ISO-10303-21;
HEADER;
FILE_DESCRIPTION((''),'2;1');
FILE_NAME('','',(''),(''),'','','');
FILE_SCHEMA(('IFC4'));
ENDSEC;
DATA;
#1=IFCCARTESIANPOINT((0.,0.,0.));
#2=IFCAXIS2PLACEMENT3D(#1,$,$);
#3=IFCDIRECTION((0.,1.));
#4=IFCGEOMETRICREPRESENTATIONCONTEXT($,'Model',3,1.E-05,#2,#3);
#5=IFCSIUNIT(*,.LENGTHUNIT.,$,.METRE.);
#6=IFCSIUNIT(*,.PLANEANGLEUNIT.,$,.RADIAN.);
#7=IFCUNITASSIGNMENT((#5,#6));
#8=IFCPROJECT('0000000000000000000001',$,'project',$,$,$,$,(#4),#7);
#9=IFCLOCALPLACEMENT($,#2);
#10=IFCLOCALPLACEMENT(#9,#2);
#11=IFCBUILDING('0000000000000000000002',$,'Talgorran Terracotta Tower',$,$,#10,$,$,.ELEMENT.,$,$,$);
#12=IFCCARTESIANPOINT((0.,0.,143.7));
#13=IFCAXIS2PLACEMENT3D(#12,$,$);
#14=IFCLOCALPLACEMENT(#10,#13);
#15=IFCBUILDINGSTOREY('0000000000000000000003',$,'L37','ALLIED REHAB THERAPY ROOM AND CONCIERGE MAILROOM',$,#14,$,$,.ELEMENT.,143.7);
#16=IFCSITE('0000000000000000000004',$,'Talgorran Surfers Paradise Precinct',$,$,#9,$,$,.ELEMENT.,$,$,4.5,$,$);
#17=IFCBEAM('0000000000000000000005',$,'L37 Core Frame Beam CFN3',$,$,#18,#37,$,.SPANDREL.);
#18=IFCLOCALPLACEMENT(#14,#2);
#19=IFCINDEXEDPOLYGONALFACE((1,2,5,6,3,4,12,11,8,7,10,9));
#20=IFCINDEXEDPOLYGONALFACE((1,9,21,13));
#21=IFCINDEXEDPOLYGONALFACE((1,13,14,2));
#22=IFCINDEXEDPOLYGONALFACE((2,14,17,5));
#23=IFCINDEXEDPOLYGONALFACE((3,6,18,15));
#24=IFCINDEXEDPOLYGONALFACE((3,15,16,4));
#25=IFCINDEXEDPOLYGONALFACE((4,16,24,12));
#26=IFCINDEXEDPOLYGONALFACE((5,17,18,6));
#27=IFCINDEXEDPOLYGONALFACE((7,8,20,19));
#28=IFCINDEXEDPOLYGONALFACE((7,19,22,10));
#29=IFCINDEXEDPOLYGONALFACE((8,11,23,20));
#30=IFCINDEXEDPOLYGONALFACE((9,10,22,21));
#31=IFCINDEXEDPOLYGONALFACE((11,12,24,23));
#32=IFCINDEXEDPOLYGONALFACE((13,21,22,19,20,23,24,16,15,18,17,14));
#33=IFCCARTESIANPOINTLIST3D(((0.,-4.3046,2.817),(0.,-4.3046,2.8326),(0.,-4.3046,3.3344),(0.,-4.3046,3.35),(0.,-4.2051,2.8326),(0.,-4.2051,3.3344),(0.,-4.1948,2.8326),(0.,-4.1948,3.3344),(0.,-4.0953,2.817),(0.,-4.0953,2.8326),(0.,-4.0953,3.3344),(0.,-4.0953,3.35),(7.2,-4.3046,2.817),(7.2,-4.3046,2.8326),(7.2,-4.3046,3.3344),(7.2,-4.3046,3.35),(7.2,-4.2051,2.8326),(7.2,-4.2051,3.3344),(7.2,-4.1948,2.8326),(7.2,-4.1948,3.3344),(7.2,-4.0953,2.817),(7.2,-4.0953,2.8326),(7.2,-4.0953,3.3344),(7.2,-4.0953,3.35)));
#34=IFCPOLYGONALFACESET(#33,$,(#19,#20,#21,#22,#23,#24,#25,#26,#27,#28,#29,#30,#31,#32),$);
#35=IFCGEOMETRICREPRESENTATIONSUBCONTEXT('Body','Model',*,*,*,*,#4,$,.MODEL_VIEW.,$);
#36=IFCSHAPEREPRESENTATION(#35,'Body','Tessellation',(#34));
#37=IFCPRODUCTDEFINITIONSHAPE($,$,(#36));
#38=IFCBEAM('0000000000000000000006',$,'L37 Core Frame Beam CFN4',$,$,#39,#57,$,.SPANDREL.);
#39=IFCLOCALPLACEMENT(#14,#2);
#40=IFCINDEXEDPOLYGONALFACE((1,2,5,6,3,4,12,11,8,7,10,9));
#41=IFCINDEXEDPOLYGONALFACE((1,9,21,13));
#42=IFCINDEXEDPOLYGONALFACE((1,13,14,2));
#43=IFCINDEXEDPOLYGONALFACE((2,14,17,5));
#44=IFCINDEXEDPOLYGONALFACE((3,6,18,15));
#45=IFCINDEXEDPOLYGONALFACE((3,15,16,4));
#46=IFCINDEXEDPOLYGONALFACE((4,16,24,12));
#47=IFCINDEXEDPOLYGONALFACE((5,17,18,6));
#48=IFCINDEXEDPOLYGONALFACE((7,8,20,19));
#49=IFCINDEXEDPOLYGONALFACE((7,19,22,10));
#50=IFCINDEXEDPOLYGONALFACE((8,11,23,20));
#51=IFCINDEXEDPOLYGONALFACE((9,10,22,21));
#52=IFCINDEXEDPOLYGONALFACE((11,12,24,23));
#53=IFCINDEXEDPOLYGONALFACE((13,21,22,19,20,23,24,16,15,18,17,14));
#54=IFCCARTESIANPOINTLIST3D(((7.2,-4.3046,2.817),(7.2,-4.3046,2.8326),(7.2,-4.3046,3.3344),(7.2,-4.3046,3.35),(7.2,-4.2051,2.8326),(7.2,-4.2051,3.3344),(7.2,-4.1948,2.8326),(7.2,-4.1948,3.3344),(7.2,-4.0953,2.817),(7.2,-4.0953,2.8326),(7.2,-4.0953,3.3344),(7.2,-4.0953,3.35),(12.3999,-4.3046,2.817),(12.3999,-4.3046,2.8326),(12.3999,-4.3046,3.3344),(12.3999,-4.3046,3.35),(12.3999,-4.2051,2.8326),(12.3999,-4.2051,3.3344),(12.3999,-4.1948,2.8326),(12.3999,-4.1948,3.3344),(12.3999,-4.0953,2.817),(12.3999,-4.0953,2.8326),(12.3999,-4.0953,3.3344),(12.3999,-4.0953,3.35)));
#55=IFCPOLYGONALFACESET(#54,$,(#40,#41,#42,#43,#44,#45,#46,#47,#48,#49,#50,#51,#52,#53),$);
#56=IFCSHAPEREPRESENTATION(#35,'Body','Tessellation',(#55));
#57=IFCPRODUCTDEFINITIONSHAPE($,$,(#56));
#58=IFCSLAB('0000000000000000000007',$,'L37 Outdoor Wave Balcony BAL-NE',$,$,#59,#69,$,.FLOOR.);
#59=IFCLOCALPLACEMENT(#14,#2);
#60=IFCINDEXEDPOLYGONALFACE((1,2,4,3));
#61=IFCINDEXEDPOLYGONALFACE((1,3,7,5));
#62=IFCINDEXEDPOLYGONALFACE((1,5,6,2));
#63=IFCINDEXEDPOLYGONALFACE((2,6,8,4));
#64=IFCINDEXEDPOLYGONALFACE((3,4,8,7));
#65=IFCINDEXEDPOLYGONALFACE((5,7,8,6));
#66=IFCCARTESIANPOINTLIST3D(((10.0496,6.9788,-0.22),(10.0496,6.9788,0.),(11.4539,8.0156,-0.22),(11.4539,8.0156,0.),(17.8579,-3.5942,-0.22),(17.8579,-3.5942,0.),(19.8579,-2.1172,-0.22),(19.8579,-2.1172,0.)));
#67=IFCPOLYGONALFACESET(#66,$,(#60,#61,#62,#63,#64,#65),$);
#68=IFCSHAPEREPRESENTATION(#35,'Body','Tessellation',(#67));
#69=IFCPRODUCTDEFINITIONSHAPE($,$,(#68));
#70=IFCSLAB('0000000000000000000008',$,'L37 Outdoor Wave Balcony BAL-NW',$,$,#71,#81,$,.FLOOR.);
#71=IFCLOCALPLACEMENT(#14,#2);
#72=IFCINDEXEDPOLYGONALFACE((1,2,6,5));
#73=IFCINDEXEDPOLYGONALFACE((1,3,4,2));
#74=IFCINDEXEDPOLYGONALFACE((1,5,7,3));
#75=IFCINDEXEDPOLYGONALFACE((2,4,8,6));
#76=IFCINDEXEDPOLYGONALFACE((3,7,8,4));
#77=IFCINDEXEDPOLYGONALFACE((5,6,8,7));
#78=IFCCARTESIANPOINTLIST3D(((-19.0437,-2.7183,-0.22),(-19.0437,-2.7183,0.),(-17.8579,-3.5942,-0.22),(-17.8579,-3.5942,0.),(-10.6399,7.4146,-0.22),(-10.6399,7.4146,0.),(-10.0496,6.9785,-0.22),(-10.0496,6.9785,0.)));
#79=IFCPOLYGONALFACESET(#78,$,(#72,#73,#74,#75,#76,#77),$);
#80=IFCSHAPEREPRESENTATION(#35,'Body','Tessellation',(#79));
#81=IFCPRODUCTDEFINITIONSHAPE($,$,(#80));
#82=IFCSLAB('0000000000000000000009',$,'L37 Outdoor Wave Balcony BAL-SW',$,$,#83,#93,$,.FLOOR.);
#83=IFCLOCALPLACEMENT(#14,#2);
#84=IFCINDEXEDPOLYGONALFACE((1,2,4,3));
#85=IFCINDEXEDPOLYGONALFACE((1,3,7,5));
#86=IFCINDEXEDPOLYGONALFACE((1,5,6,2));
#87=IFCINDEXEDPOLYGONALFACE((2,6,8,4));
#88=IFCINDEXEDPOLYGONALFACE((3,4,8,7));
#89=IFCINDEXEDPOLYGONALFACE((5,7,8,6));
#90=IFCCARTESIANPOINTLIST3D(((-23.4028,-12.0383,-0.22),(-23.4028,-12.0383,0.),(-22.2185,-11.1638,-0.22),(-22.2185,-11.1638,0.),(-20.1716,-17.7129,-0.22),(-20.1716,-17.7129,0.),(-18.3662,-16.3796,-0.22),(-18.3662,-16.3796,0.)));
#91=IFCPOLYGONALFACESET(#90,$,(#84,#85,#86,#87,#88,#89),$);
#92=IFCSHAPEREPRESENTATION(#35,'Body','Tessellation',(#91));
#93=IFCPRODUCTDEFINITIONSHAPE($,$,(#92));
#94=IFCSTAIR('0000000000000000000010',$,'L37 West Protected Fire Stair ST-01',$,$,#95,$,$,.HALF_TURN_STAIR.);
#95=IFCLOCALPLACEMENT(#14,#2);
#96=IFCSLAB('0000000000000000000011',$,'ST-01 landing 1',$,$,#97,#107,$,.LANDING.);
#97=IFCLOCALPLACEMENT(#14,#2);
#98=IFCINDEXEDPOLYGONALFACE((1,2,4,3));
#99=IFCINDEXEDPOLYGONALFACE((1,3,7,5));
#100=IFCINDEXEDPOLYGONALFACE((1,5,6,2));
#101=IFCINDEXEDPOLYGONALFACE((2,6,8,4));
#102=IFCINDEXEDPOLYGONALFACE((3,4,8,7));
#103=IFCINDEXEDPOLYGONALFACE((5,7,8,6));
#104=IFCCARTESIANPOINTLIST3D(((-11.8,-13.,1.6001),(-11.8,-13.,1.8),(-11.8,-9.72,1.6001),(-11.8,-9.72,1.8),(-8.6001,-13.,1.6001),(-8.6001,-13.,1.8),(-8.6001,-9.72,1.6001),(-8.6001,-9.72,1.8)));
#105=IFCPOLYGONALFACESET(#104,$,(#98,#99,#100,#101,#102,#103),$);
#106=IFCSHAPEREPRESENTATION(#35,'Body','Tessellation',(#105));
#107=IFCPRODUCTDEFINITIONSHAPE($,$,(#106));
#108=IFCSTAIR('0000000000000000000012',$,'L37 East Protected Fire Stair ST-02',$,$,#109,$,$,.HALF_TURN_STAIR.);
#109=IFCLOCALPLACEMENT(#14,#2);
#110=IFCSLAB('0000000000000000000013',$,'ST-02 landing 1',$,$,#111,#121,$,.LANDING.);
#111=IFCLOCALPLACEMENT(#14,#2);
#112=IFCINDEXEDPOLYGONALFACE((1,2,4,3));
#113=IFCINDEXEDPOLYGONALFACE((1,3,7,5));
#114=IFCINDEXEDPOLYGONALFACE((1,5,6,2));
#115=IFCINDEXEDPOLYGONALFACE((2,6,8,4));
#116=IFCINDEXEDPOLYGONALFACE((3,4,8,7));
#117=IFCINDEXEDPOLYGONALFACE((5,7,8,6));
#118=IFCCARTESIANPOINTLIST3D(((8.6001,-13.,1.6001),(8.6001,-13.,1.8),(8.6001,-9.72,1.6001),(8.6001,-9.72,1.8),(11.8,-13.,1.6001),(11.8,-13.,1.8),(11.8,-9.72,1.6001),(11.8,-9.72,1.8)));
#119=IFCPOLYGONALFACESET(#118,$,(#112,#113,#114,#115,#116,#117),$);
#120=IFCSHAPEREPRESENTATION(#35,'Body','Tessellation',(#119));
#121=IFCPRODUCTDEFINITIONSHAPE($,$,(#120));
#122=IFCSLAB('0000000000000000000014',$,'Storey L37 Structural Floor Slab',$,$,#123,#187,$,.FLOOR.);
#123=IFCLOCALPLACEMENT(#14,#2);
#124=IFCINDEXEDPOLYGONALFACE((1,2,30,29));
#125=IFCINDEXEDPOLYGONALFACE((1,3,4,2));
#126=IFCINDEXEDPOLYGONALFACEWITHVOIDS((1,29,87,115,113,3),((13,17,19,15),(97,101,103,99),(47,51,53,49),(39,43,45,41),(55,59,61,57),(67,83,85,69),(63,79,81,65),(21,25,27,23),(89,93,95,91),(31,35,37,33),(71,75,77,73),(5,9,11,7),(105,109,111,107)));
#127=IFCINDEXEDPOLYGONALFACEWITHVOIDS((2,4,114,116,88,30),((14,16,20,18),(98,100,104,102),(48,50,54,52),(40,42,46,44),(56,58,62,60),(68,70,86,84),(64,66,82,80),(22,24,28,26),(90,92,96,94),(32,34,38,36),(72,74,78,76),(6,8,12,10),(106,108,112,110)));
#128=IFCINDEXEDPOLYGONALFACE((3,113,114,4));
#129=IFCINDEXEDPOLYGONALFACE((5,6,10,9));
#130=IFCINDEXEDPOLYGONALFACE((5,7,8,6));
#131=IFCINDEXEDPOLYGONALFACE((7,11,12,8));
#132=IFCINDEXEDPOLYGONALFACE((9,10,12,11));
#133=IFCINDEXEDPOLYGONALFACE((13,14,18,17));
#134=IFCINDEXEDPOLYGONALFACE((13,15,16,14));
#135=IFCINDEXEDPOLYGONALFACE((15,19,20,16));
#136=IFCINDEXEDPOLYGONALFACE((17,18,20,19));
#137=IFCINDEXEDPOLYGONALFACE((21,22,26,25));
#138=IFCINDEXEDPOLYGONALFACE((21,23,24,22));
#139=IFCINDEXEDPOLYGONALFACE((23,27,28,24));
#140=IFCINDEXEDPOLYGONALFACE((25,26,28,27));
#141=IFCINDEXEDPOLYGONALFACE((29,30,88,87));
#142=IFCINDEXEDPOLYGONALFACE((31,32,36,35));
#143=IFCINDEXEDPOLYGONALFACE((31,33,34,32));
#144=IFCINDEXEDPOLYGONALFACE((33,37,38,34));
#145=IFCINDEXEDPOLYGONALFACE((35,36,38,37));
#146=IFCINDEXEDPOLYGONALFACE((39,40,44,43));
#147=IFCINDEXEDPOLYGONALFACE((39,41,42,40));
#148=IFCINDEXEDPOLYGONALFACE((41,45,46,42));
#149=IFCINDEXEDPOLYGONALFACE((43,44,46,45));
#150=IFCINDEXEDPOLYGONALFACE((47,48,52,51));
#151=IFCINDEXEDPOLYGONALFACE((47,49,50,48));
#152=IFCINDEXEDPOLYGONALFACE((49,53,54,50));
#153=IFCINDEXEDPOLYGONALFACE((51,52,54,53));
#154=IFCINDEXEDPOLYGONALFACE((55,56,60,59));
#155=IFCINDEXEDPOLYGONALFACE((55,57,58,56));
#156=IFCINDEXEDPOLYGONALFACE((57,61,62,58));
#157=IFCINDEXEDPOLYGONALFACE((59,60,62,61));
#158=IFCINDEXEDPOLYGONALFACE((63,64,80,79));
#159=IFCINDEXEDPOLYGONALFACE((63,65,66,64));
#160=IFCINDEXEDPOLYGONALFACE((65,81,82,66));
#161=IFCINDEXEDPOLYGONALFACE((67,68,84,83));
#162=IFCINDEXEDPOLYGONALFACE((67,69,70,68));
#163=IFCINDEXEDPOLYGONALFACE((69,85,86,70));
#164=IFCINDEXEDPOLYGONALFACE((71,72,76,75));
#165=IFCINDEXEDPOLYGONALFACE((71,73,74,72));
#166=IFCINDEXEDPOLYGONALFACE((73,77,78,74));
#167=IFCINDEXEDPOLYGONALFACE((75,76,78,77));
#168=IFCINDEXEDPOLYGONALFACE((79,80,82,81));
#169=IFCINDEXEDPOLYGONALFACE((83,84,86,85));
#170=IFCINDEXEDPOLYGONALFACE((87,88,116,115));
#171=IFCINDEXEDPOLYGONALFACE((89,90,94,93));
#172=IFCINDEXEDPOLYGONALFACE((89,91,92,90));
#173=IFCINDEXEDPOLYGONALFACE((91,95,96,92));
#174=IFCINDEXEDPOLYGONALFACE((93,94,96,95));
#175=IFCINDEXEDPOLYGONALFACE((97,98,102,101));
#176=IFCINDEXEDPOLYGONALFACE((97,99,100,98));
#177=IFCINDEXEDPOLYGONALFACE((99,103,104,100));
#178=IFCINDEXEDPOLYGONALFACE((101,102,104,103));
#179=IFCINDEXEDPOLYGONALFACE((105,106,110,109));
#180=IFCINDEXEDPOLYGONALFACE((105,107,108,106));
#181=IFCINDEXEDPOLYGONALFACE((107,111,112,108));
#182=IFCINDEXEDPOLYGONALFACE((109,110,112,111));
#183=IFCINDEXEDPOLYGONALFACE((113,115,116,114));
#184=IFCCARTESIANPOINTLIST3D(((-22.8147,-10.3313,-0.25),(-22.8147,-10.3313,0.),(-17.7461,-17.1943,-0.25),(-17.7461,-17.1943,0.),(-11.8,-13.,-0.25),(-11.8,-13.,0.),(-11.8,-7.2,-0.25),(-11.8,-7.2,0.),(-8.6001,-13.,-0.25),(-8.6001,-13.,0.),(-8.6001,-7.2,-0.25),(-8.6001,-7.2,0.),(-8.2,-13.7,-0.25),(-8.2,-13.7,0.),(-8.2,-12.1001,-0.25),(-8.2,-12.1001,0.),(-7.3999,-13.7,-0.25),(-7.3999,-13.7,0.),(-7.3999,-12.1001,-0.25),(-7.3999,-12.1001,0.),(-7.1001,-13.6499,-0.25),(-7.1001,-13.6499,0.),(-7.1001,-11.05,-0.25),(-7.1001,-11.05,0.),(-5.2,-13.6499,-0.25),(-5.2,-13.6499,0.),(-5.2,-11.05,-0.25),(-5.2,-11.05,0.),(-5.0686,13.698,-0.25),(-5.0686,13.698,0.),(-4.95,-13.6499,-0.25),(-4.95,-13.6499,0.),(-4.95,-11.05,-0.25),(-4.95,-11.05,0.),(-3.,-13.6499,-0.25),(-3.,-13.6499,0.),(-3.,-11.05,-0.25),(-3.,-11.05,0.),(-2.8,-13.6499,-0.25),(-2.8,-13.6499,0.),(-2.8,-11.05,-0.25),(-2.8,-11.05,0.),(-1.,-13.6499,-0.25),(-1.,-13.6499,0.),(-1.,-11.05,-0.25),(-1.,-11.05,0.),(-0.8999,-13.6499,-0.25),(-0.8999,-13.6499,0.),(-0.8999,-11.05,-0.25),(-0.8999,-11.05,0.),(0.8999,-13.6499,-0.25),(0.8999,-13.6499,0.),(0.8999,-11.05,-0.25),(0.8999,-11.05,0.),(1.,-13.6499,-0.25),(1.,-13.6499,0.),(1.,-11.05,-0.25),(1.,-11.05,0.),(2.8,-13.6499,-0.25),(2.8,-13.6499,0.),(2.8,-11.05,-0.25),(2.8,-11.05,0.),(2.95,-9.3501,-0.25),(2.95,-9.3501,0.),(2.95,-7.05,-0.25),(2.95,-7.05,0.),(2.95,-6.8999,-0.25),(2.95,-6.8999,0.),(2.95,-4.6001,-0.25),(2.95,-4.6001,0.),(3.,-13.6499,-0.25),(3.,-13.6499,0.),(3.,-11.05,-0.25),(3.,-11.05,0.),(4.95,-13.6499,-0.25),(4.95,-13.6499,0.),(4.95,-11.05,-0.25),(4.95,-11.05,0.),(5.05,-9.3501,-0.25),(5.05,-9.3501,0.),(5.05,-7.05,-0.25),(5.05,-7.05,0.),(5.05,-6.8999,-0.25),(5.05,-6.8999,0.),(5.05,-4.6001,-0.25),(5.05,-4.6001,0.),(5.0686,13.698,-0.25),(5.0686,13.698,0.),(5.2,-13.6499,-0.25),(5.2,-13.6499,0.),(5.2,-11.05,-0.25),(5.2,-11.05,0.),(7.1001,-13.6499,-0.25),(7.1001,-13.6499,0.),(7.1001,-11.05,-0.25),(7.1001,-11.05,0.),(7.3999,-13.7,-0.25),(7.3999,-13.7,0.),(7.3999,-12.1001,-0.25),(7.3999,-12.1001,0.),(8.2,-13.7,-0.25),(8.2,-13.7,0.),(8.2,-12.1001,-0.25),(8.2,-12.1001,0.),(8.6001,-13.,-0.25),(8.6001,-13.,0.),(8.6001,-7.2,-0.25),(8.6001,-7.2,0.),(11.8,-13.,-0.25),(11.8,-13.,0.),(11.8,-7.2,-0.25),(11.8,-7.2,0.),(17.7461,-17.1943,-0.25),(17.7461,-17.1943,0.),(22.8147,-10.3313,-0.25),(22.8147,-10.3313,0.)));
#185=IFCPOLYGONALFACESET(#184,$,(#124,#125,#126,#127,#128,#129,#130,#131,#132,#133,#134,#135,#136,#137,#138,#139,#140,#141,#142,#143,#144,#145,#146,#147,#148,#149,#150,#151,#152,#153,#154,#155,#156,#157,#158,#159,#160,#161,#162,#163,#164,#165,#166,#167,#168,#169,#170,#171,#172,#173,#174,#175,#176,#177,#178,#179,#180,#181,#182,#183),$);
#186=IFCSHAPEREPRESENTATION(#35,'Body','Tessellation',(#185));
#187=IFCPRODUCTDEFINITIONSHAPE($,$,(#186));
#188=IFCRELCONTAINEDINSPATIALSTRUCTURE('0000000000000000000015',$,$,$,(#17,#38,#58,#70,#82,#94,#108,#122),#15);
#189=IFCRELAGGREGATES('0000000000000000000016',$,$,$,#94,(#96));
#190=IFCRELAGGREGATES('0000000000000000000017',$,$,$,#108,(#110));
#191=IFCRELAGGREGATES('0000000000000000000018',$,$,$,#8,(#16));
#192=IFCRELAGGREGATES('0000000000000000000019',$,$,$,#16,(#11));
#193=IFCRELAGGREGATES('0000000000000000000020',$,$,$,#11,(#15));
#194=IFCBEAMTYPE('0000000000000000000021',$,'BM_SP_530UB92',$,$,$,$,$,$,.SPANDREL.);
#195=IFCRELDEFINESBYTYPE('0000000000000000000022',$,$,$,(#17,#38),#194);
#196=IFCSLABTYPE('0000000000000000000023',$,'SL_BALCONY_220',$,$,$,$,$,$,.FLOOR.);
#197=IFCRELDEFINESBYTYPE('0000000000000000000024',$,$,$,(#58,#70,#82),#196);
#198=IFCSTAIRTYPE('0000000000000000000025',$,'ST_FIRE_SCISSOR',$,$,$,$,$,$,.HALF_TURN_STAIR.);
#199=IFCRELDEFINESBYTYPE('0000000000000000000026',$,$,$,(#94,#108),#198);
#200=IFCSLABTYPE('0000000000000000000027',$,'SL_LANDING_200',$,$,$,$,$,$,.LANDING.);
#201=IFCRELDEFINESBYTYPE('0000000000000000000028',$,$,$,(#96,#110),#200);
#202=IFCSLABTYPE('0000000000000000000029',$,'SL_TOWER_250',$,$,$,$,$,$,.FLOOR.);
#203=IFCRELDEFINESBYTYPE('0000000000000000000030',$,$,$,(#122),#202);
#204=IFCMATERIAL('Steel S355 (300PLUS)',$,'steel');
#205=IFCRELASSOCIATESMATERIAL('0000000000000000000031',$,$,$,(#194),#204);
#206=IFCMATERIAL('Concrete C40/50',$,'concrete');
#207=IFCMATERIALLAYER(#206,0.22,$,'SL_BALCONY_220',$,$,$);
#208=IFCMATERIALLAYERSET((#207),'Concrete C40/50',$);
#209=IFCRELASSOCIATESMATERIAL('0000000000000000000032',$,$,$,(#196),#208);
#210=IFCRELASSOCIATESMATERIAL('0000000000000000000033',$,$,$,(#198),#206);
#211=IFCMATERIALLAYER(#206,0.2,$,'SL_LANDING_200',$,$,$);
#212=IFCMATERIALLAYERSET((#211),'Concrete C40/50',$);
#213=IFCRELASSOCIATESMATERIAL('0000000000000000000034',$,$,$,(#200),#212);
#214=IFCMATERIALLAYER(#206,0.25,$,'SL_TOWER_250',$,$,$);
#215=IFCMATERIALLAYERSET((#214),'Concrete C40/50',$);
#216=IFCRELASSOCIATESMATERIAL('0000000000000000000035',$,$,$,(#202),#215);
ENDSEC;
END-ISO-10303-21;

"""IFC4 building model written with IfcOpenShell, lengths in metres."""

from ifc_helpers import new_model, si_unit, direction, frame, origin, origin_2d, place, context, subcontext, project, spatial, polyline, i_section, outline, extrude, material, layer, layer_set, material_profile, profile_set, type_object, element, aggregate, save


model = new_model("IFC4")

# Units and contexts
model_context = context("Model", 3, precision=1e-05, world=origin(), true_north=direction((0.0, 1.0)))
body_context = subcontext(model_context, "Body", "Model", "MODEL_VIEW")
ifc_project = project(units=[si_unit("LENGTHUNIT", "METRE"), si_unit("PLANEANGLEUNIT", "RADIAN")], contexts=[model_context])

# Site, building, storey
site_placement = place(None, origin())
site = spatial("IfcSite", under=ifc_project, at=site_placement, Name="Talgorran Surfers Paradise Precinct", CompositionType="ELEMENT", RefElevation=4.5)
building_placement = place(site_placement, origin())
building = spatial("IfcBuilding", under=site, at=building_placement, Name="Talgorran Terracotta Tower", CompositionType="ELEMENT")
storey_placement = place(building_placement, frame((0.0, 0.0, 143.7)))
storey = spatial("IfcBuildingStorey", under=building, at=storey_placement, Name="L37", Description="ALLIED REHAB THERAPY ROOM AND CONCIERGE MAILROOM", CompositionType="ELEMENT", Elevation=143.7)

# Shared definitions
ifc_material_1 = material(Name="Steel S355 (300PLUS)", Category="steel")

# Beams
ifc_material_profile_1 = material_profile(ifc_material_1, i_section(OverallWidth=0.2092, OverallDepth=0.533, WebThickness=0.0103, FlangeThickness=0.0156, at=origin_2d()), Name="530UB92.4")
ifc_profile_set_1 = profile_set([ifc_material_profile_1], Name="Steel S355 (300PLUS)")
beam_type_1 = type_object("IfcBeamType", Name="BM_SP_530UB92", PredefinedType="SPANDREL", material=ifc_profile_set_1)
beam_1_placement = place(storey_placement, frame((0.0, -4.2, 3.0835), z_axis=(1.0, 0.0, 0.0), x_axis=(0.0, 1.0, 0.0)))
element("IfcBeam", 1, at=beam_1_placement, inside=storey, type_object=beam_type_1, Name="L37 Core Frame Beam CFN3", PredefinedType="SPANDREL", context=body_context, shape_type="SweptSolid", body=[
    extrude(i_section(OverallWidth=0.2092, OverallDepth=0.533, WebThickness=0.0103, FlangeThickness=0.0156, at=origin_2d()), origin(), (0.0, 0.0, 1.0), 7.2),
])
beam_2_placement = place(storey_placement, frame((7.2, -4.2, 3.0835), z_axis=(1.0, 0.0, 0.0), x_axis=(0.0, 1.0, 0.0)))
element("IfcBeam", 2, at=beam_2_placement, inside=storey, type_object=beam_type_1, Name="L37 Core Frame Beam CFN4", PredefinedType="SPANDREL", context=body_context, shape_type="SweptSolid", body=[
    extrude(i_section(OverallWidth=0.2092, OverallDepth=0.533, WebThickness=0.0103, FlangeThickness=0.0156, at=origin_2d()), origin(), (0.0, 0.0, 1.0), 5.2),
])

# Slabs
ifc_material_2 = material(Name="Concrete C40/50", Category="concrete")
ifc_layer_1 = layer(ifc_material_2, 0.22, Name="SL_BALCONY_220")
ifc_layer_set_1 = layer_set([ifc_layer_1], Name="Concrete C40/50")
slab_type_1 = type_object("IfcSlabType", Name="SL_BALCONY_220", PredefinedType="FLOOR", material=ifc_layer_set_1)
slab_1_placement = place(storey_placement, frame((0.0, 0.0, -0.22)))
element("IfcSlab", 3, at=slab_1_placement, inside=storey, type_object=slab_type_1, Name="L37 Outdoor Wave Balcony BAL-NE", PredefinedType="FLOOR", context=body_context, shape_type="SweptSolid", body=[
    extrude(outline(polyline([(10.0496, 6.9788), (17.8579, -3.5942), (19.8579, -2.1172), (11.4539, 8.0156), (10.0496, 6.9788)])), origin(), (0.0, 0.0, 1.0), 0.22),
])
slab_2_placement = place(storey_placement, frame((0.0, 0.0, -0.22)))
element("IfcSlab", 4, at=slab_2_placement, inside=storey, type_object=slab_type_1, Name="L37 Outdoor Wave Balcony BAL-NW", PredefinedType="FLOOR", context=body_context, shape_type="SweptSolid", body=[
    extrude(outline(polyline([(-17.8579, -3.5942), (-10.0496, 6.9785), (-10.6399, 7.4146), (-19.0437, -2.7183), (-17.8579, -3.5942)])), origin(), (0.0, 0.0, 1.0), 0.22),
])
slab_3_placement = place(storey_placement, frame((0.0, 0.0, -0.22)))
element("IfcSlab", 5, at=slab_3_placement, inside=storey, type_object=slab_type_1, Name="L37 Outdoor Wave Balcony BAL-SW", PredefinedType="FLOOR", context=body_context, shape_type="SweptSolid", body=[
    extrude(outline(polyline([(-18.3662, -16.3796), (-22.2185, -11.1638), (-23.4028, -12.0383), (-20.1716, -17.7129), (-18.3662, -16.3796)])), origin(), (0.0, 0.0, 1.0), 0.22),
])

# Stairs, slabs
stair_type = type_object("IfcStairType", Name="ST_FIRE_SCISSOR", PredefinedType="HALF_TURN_STAIR", material=ifc_material_2)
stair_1_placement = place(storey_placement, origin())
stair_1 = element("IfcStair", 6, at=stair_1_placement, inside=storey, type_object=stair_type, Name="L37 West Protected Fire Stair ST-01", PredefinedType="HALF_TURN_STAIR")
ifc_layer_2 = layer(ifc_material_2, 0.2, Name="SL_LANDING_200")
ifc_layer_set_2 = layer_set([ifc_layer_2], Name="Concrete C40/50")
slab_type_2 = type_object("IfcSlabType", Name="SL_LANDING_200", PredefinedType="LANDING", material=ifc_layer_set_2)
slab_4_placement = place(storey_placement, frame((0.0, 0.0, 1.6001)))
slab_4 = element("IfcSlab", 7, at=slab_4_placement, type_object=slab_type_2, Name="ST-01 landing 1", PredefinedType="LANDING", context=body_context, shape_type="SweptSolid", body=[
    extrude(outline(polyline([(-11.8, -9.72), (-11.8, -13.0), (-8.6001, -13.0), (-8.6001, -9.72), (-11.8, -9.72)])), origin(), (0.0, 0.0, 1.0), 0.2),
])
aggregate(stair_1, [slab_4])
stair_2_placement = place(storey_placement, origin())
stair_2 = element("IfcStair", 8, at=stair_2_placement, inside=storey, type_object=stair_type, Name="L37 East Protected Fire Stair ST-02", PredefinedType="HALF_TURN_STAIR")
slab_5_placement = place(storey_placement, frame((0.0, 0.0, 1.6001)))
slab_5 = element("IfcSlab", 9, at=slab_5_placement, type_object=slab_type_2, Name="ST-02 landing 1", PredefinedType="LANDING", context=body_context, shape_type="SweptSolid", body=[
    extrude(outline(polyline([(8.6001, -9.72), (8.6001, -13.0), (11.8, -13.0), (11.8, -9.72), (8.6001, -9.72)])), origin(), (0.0, 0.0, 1.0), 0.2),
])
aggregate(stair_2, [slab_5])

# Slab
ifc_layer_3 = layer(ifc_material_2, 0.25, Name="SL_TOWER_250")
ifc_layer_set_3 = layer_set([ifc_layer_3], Name="Concrete C40/50")
slab_type_3 = type_object("IfcSlabType", Name="SL_TOWER_250", PredefinedType="FLOOR", material=ifc_layer_set_3)
slab_6_placement = place(storey_placement, frame((0.0, 0.0, -0.25)))
element("IfcSlab", 10, at=slab_6_placement, inside=storey, type_object=slab_type_3, Name="Storey L37 Structural Floor Slab", PredefinedType="FLOOR", context=body_context, shape_type="SweptSolid", body=[
    extrude(outline(polyline([(-22.8147, -10.3313), (-17.7461, -17.1943), (17.7461, -17.1943), (22.8147, -10.3313), (5.0686, 13.698), (-5.0686, 13.698), (-22.8147, -10.3313)]), holes=[polyline([(-11.8, -7.2), (-11.8, -13.0), (-8.6001, -13.0), (-8.6001, -7.2), (-11.8, -7.2)]), polyline([(8.6001, -7.2), (8.6001, -13.0), (11.8, -13.0), (11.8, -7.2), (8.6001, -7.2)]), polyline([(-7.1001, -13.6499), (-5.2, -13.6499), (-5.2, -11.05), (-7.1001, -11.05), (-7.1001, -13.6499)]), polyline([(5.2, -13.6499), (7.1001, -13.6499), (7.1001, -11.05), (5.2, -11.05), (5.2, -13.6499)]), polyline([(3.0, -13.6499), (4.95, -13.6499), (4.95, -11.05), (3.0, -11.05), (3.0, -13.6499)]), polyline([(-4.95, -13.6499), (-3.0, -13.6499), (-3.0, -11.05), (-4.95, -11.05), (-4.95, -13.6499)]), polyline([(2.95, -9.3501), (5.05, -9.3501), (5.05, -7.05), (2.95, -7.05), (2.95, -9.3501)]), polyline([(2.95, -6.8999), (5.05, -6.8999), (5.05, -4.6001), (2.95, -4.6001), (2.95, -6.8999)]), polyline([(-2.8, -13.6499), (-1.0, -13.6499), (-1.0, -11.05), (-2.8, -11.05), (-2.8, -13.6499)]), polyline([(-0.8999, -13.6499), (0.8999, -13.6499), (0.8999, -11.05), (-0.8999, -11.05), (-0.8999, -13.6499)]), polyline([(1.0, -13.6499), (2.8, -13.6499), (2.8, -11.05), (1.0, -11.05), (1.0, -13.6499)]), polyline([(-8.2, -13.7), (-7.3999, -13.7), (-7.3999, -12.1001), (-8.2, -12.1001), (-8.2, -13.7)]), polyline([(7.3999, -13.7), (8.2, -13.7), (8.2, -12.1001), (7.3999, -12.1001), (7.3999, -13.7)])]), origin(), (0.0, 0.0, 1.0), 0.25),
])

save(model, "model.ifc")
